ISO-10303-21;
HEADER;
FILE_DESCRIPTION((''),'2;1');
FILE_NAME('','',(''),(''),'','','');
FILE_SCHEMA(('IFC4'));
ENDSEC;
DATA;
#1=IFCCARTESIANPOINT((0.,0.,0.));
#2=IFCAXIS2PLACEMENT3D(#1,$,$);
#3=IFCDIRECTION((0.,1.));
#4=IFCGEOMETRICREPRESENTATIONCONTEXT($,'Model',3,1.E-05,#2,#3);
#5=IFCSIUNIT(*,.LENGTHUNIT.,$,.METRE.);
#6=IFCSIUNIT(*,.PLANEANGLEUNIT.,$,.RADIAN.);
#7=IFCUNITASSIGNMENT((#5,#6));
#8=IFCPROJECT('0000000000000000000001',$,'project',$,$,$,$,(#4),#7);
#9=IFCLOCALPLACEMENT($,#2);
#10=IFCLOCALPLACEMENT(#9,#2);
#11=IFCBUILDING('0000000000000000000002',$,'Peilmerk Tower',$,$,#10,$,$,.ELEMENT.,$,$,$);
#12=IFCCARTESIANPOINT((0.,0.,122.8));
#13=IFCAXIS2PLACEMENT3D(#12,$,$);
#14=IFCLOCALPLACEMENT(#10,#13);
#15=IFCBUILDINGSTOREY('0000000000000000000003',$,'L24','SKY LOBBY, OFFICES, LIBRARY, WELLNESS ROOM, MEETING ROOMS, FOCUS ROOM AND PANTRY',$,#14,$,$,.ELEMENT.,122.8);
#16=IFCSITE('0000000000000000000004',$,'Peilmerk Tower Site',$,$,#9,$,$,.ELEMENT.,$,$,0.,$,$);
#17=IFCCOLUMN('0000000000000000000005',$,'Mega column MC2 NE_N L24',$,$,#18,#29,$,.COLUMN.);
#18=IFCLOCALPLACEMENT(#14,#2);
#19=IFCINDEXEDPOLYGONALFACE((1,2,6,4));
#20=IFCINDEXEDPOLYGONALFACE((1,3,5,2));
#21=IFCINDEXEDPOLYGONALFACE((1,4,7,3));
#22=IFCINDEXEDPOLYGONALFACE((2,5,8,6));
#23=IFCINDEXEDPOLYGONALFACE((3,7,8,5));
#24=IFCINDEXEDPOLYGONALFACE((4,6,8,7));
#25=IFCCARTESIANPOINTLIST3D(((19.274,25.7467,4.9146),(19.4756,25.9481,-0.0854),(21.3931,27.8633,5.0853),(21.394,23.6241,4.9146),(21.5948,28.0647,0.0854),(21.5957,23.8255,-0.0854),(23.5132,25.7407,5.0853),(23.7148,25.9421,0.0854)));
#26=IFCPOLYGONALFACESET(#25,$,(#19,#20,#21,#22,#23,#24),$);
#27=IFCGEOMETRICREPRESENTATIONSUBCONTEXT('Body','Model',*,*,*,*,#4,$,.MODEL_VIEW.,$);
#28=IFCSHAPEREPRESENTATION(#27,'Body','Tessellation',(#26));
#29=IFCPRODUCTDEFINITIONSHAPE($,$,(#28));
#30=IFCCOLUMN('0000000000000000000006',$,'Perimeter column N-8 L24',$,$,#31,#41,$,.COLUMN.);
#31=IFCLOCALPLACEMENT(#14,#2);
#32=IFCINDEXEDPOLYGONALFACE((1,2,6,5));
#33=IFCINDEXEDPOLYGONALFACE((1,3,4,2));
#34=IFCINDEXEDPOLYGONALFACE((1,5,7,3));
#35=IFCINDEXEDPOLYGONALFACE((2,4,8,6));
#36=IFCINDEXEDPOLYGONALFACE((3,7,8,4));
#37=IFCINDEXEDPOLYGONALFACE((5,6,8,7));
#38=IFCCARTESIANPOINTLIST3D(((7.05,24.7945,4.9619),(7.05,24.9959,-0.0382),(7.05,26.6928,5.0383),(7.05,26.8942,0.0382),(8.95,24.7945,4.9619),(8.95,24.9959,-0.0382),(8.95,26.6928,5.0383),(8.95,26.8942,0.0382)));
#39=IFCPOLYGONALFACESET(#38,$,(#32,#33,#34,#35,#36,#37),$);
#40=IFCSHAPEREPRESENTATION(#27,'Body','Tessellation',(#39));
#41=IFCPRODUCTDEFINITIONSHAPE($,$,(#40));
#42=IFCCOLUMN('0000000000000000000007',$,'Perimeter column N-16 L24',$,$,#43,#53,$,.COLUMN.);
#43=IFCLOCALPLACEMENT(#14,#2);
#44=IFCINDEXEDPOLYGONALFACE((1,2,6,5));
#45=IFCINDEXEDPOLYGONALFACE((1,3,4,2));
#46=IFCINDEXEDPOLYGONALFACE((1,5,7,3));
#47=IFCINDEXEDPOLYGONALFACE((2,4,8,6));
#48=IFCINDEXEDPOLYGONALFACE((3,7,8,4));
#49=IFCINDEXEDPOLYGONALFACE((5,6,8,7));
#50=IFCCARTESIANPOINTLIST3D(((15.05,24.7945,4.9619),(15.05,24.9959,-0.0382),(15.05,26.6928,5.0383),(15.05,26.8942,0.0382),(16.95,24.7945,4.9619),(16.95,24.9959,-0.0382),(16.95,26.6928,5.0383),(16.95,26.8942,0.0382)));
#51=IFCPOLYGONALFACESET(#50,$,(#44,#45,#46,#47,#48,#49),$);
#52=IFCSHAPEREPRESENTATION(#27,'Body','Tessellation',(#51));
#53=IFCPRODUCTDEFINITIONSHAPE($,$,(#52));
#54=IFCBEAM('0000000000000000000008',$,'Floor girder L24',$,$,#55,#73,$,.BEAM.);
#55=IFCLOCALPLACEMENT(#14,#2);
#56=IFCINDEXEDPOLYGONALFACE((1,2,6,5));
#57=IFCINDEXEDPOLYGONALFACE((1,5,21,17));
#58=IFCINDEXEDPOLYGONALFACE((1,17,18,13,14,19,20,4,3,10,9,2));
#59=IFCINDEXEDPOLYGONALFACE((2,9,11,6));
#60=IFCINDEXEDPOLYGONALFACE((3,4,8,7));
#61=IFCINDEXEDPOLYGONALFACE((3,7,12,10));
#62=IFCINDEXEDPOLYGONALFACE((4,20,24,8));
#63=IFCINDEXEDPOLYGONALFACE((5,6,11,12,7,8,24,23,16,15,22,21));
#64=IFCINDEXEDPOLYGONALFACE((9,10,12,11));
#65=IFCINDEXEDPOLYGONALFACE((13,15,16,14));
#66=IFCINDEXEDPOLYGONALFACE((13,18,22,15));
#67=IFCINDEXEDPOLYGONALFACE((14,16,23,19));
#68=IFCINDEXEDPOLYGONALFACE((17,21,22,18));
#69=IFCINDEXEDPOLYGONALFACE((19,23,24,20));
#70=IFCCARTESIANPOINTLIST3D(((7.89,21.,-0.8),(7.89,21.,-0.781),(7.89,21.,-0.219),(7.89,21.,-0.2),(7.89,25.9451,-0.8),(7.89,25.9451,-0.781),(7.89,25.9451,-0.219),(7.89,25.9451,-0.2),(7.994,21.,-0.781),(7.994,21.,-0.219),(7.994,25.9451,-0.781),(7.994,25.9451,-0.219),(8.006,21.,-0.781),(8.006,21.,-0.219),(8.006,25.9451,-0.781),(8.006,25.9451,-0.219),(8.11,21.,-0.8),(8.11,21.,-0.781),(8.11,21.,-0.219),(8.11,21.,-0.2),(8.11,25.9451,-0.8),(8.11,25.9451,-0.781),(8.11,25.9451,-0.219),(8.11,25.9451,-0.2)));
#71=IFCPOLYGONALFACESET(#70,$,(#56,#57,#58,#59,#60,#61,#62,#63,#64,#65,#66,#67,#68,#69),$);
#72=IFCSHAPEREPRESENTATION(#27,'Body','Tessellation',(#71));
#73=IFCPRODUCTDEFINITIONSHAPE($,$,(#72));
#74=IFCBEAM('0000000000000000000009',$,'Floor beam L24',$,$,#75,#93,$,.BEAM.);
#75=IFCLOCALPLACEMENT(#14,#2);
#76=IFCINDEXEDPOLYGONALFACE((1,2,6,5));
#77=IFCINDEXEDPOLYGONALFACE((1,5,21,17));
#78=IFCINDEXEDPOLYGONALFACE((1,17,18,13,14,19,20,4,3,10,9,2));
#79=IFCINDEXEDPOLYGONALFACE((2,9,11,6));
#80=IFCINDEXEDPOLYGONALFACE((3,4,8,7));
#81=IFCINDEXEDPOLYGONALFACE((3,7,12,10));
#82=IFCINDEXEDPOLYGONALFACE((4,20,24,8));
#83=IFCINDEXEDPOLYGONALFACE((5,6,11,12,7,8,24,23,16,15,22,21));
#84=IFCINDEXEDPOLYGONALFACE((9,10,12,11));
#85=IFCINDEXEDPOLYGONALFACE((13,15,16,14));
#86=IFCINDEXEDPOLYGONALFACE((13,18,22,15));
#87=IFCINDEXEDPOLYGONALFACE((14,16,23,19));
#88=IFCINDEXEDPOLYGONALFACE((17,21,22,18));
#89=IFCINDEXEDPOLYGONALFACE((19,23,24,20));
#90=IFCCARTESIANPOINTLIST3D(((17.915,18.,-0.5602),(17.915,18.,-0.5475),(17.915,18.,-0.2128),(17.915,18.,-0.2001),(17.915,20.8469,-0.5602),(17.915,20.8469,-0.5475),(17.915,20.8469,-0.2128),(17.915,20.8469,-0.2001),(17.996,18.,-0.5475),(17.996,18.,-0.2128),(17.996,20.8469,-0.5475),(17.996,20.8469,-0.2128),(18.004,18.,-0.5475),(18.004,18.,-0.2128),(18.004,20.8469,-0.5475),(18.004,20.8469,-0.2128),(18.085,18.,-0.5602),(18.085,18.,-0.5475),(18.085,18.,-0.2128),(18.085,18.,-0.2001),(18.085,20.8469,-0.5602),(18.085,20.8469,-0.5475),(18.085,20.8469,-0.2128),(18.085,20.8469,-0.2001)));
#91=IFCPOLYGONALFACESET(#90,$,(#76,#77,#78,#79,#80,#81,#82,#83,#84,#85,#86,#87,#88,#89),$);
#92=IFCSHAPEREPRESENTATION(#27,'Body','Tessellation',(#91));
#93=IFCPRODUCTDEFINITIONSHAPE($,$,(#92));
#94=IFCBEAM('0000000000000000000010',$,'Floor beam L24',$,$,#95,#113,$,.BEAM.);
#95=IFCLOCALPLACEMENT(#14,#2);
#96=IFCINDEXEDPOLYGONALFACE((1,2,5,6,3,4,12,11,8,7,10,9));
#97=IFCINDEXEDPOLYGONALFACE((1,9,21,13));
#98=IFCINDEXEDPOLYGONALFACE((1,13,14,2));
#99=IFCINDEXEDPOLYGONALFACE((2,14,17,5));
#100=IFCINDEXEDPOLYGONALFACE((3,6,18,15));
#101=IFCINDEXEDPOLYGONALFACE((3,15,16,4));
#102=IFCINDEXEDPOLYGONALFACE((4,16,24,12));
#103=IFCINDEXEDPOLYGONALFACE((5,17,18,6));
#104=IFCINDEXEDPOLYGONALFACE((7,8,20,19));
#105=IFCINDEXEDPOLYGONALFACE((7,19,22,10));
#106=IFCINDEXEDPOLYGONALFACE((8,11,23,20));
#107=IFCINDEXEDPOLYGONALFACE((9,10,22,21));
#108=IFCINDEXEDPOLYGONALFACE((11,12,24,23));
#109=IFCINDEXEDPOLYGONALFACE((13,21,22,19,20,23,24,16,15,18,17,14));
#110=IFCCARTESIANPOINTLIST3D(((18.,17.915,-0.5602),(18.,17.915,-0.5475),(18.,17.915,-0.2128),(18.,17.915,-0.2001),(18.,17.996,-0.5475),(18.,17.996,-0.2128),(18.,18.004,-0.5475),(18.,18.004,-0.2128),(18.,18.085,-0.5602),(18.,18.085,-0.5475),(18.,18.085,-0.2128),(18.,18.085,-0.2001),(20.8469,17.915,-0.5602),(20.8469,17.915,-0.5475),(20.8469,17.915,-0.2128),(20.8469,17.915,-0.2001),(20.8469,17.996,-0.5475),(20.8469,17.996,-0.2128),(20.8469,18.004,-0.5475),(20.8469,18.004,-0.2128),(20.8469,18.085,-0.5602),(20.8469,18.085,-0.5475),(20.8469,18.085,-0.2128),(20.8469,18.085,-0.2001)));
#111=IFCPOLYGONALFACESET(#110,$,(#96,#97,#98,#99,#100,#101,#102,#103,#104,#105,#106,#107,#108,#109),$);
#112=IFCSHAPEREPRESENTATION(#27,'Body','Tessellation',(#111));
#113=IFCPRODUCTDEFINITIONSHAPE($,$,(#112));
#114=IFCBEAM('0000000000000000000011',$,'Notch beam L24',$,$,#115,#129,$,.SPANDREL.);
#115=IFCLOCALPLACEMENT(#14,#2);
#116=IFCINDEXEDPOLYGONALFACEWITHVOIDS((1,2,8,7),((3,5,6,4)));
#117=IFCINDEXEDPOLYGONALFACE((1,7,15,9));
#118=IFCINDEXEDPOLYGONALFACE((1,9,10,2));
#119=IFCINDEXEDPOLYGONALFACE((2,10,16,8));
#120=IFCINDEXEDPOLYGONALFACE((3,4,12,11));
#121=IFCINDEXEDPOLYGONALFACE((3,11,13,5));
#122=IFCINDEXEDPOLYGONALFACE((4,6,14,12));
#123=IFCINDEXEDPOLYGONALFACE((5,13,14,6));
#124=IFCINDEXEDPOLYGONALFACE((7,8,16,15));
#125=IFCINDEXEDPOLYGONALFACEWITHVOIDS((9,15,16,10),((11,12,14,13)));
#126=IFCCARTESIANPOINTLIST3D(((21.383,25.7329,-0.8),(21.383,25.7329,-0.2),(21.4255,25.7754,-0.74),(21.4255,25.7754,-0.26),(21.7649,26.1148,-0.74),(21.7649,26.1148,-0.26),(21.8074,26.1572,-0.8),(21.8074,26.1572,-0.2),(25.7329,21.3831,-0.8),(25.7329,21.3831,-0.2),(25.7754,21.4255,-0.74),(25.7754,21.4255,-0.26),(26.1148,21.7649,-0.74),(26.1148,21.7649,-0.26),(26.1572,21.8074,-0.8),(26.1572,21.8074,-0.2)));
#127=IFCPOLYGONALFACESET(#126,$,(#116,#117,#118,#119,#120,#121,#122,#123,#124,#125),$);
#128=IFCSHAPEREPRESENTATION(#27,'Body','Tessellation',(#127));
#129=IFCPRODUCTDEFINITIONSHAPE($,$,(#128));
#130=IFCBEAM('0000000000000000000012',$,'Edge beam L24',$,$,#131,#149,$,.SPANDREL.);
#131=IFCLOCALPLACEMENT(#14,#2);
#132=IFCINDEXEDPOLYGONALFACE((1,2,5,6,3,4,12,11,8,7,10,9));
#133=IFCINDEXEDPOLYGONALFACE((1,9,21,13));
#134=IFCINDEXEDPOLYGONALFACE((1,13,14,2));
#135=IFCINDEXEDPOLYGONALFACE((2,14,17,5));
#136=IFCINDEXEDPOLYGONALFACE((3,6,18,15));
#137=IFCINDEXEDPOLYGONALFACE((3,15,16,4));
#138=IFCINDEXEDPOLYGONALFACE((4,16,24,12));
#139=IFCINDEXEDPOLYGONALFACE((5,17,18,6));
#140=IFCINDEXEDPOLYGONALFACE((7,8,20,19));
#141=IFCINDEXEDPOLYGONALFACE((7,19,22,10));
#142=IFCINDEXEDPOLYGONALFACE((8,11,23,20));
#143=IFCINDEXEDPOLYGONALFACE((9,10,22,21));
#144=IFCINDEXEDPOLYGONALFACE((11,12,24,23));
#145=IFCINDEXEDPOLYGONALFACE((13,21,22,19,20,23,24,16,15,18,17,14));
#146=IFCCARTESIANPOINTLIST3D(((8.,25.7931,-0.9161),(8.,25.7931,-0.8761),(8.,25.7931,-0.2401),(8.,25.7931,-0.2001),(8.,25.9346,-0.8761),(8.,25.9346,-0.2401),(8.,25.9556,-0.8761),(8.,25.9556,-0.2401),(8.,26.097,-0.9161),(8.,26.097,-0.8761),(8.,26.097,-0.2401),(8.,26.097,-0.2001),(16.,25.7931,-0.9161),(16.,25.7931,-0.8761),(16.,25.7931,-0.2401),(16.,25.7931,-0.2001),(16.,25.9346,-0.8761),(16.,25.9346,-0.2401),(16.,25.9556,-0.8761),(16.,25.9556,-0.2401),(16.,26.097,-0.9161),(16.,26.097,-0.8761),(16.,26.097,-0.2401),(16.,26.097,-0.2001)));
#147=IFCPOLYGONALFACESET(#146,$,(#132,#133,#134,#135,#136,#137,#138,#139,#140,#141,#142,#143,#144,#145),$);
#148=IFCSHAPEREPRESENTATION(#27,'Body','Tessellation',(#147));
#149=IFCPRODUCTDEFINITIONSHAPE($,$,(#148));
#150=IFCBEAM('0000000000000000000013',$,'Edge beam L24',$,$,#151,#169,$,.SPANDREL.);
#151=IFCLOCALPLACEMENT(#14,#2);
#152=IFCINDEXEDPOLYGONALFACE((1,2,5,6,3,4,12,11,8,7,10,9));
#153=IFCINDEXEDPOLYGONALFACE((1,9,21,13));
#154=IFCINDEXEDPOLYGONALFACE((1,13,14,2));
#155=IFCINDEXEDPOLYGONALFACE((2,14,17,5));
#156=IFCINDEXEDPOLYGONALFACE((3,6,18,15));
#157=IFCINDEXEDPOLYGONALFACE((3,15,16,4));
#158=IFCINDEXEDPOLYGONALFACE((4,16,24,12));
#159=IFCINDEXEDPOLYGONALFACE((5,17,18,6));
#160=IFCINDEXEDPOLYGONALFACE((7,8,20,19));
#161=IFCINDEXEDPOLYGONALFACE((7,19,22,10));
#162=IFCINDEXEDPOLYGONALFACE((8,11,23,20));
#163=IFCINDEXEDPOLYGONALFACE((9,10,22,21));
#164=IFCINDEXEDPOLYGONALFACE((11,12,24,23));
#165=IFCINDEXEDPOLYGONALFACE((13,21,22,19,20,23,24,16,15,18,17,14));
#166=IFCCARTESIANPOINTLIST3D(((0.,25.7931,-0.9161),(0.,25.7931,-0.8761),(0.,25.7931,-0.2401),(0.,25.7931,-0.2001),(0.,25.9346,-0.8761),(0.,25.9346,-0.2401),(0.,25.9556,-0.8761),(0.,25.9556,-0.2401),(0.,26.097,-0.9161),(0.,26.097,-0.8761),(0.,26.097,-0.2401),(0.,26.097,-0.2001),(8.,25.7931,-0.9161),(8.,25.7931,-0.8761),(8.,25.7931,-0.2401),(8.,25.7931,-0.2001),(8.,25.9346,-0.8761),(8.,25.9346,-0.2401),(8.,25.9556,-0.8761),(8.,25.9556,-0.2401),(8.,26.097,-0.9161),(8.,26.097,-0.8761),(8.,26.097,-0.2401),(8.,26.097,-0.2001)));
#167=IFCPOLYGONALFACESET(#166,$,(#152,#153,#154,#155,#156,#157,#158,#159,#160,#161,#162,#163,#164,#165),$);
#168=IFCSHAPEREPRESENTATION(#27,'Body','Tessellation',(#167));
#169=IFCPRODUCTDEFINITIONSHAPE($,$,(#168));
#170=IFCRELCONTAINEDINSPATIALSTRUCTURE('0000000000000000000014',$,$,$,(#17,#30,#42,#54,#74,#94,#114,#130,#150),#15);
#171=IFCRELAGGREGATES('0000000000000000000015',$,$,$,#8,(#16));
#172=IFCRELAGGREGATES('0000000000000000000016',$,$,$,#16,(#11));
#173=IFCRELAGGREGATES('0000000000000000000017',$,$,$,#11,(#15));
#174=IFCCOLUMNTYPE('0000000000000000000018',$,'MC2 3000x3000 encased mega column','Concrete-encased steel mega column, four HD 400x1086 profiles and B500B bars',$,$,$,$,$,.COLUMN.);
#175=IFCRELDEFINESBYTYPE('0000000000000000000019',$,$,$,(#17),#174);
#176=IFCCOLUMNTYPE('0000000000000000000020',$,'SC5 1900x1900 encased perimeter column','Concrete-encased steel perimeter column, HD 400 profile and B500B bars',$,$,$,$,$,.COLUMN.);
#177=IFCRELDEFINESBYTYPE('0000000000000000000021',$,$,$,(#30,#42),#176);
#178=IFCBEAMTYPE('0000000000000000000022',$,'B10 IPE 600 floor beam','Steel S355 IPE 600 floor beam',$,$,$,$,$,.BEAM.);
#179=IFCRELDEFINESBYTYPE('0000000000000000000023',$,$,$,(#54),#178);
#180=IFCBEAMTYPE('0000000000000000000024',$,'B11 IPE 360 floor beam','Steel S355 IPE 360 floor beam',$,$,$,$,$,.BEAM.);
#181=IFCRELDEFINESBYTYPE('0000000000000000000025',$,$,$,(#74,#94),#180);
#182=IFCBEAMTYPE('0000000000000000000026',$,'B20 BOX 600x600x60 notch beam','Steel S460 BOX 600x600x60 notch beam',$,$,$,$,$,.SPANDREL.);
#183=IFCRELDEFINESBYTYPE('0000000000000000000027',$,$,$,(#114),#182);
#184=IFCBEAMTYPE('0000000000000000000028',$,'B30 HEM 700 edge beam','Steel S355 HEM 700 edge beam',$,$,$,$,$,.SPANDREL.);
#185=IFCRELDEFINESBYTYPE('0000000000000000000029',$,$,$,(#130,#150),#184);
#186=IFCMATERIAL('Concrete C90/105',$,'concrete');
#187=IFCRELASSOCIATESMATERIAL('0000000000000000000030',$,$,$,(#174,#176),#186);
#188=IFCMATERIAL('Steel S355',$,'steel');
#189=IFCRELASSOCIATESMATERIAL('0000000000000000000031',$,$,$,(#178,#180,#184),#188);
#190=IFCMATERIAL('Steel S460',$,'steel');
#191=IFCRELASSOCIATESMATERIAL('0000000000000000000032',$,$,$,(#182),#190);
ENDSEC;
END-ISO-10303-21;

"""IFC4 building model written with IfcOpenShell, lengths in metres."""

from ifc_helpers import new_model, si_unit, direction, frame, origin, origin_2d, place, context, subcontext, project, spatial, rectangle, hollow_rectangle, i_section, extrude, material, material_profile, profile_set, type_object, element, save


model = new_model("IFC4")

# Units and contexts
model_context = context("Model", 3, precision=1e-05, world=origin(), true_north=direction((0.0, 1.0)))
body_context = subcontext(model_context, "Body", "Model", "MODEL_VIEW")
ifc_project = project(units=[si_unit("LENGTHUNIT", "METRE"), si_unit("PLANEANGLEUNIT", "RADIAN")], contexts=[model_context])

# Site, building, storey
site_placement = place(None, origin())
site = spatial("IfcSite", under=ifc_project, at=site_placement, Name="Peilmerk Tower Site", CompositionType="ELEMENT", RefElevation=0.0)
building_placement = place(site_placement, origin())
building = spatial("IfcBuilding", under=site, at=building_placement, Name="Peilmerk Tower", CompositionType="ELEMENT")
storey_placement = place(building_placement, frame((0.0, 0.0, 122.8)))
storey = spatial("IfcBuildingStorey", under=building, at=storey_placement, Name="L24", Description="SKY LOBBY, OFFICES, LIBRARY, WELLNESS ROOM, MEETING ROOMS, FOCUS ROOM AND PANTRY", CompositionType="ELEMENT", Elevation=122.8)

# Columns
ifc_material_1 = material(Name="Concrete C90/105", Category="concrete")
ifc_material_profile_1 = material_profile(ifc_material_1, rectangle(XDim=3.0, YDim=3.0, at=origin_2d()), Name="RC 3000x3000")
ifc_profile_set_1 = profile_set([ifc_material_profile_1], Name="Concrete C90/105")
column_type_1 = type_object("IfcColumnType", Name="MC2 3000x3000 encased mega column", Description="Concrete-encased steel mega column, four HD 400x1086 profiles and B500B bars", PredefinedType="COLUMN", material=ifc_profile_set_1)
column_placement = place(storey_placement, frame((21.5952, 25.9451, 0.0), z_axis=(-0.040267, -0.040218, 0.998379), x_axis=(0.706678, -0.707535, 0.0)))
element("IfcColumn", 1, at=column_placement, inside=storey, type_object=column_type_1, Name="Mega column MC2 NE_N L24", PredefinedType="COLUMN", context=body_context, shape_type="SweptSolid", body=[
    extrude(rectangle(XDim=3.0, YDim=3.0, at=origin_2d()), origin(), (0.0, 0.0, 1.0), 5.0081),
])
ifc_material_profile_2 = material_profile(ifc_material_1, rectangle(XDim=1.8999, YDim=1.8999, at=origin_2d()), Name="RC 1900x1900")
ifc_profile_set_2 = profile_set([ifc_material_profile_2], Name="Concrete C90/105")
column_type_2 = type_object("IfcColumnType", Name="SC5 1900x1900 encased perimeter column", Description="Concrete-encased steel perimeter column, HD 400 profile and B500B bars", PredefinedType="COLUMN", material=ifc_profile_set_2)
for number, where, z_axis, x_axis, name in (
    (2, (8.0, 25.9451, 0.0), (0.0, -0.040251, 0.99919), (1.0, 0.0, 0.0), "Perimeter column N-8 L24"),
    (3, (16.0, 25.9451, 0.0), (0.0, -0.040251, 0.99919), (1.0, 0.0, 0.0), "Perimeter column N-16 L24"),
):
    element("IfcColumn", number, at=place(storey_placement, frame(where, z_axis=z_axis, x_axis=x_axis)), inside=storey, type_object=column_type_2, Name=name, PredefinedType="COLUMN", context=body_context, shape_type="SweptSolid", body=[
        extrude(rectangle(XDim=1.8999, YDim=1.8999, at=origin_2d()), origin(), (0.0, 0.0, 1.0), 5.0042),
    ])

# Beams
ifc_material_2 = material(Name="Steel S355", Category="steel")
ifc_material_profile_3 = material_profile(ifc_material_2, i_section(OverallWidth=0.22, OverallDepth=0.6001, WebThickness=0.012, FlangeThickness=0.019, at=origin_2d()), Name="IPE 600")
ifc_profile_set_3 = profile_set([ifc_material_profile_3], Name="Steel S355")
beam_type_1 = type_object("IfcBeamType", Name="B10 IPE 600 floor beam", Description="Steel S355 IPE 600 floor beam", PredefinedType="BEAM", material=ifc_profile_set_3)
beam_1_placement = place(storey_placement, frame((8.0, 21.0, -0.5), z_axis=(0.0, 1.0, 0.0), x_axis=(-1.0, 0.0, 0.0)))
element("IfcBeam", 4, at=beam_1_placement, inside=storey, type_object=beam_type_1, Name="Floor girder L24", PredefinedType="BEAM", context=body_context, shape_type="SweptSolid", body=[
    extrude(i_section(OverallWidth=0.22, OverallDepth=0.6001, WebThickness=0.012, FlangeThickness=0.019, at=origin_2d()), origin(), (0.0, 0.0, 1.0), 4.9451),
])
ifc_material_profile_4 = material_profile(ifc_material_2, i_section(OverallWidth=0.1699, OverallDepth=0.3601, WebThickness=0.0081, FlangeThickness=0.0127, at=origin_2d()), Name="IPE 360")
ifc_profile_set_4 = profile_set([ifc_material_profile_4], Name="Steel S355")
beam_type_2 = type_object("IfcBeamType", Name="B11 IPE 360 floor beam", Description="Steel S355 IPE 360 floor beam", PredefinedType="BEAM", material=ifc_profile_set_4)
for number, where, z_axis, x_axis, name in (
    (5, (18.0, 18.0, -0.3801), (0.0, 1.0, 0.0), (-1.0, 0.0, 0.0), "Floor beam L24"),
    (6, (18.0, 18.0, -0.3801), (1.0, 0.0, 0.0), (0.0, 1.0, 0.0), "Floor beam L24"),
):
    element("IfcBeam", number, at=place(storey_placement, frame(where, z_axis=z_axis, x_axis=x_axis)), inside=storey, type_object=beam_type_2, Name=name, PredefinedType="BEAM", context=body_context, shape_type="SweptSolid", body=[
        extrude(i_section(OverallWidth=0.1699, OverallDepth=0.3601, WebThickness=0.0081, FlangeThickness=0.0127, at=origin_2d()), origin(), (0.0, 0.0, 1.0), 2.8469),
    ])
ifc_material_3 = material(Name="Steel S460", Category="steel")
ifc_material_profile_5 = material_profile(ifc_material_3, hollow_rectangle(XDim=0.6001, YDim=0.6001, WallThickness=0.0601, at=origin_2d()), Name="BOX 600x600x60")
ifc_profile_set_5 = profile_set([ifc_material_profile_5], Name="Steel S460")
beam_type_3 = type_object("IfcBeamType", Name="B20 BOX 600x600x60 notch beam", Description="Steel S460 BOX 600x600x60 notch beam", PredefinedType="SPANDREL", material=ifc_profile_set_5)
beam_2_placement = place(storey_placement, frame((21.5952, 25.9451, -0.5), z_axis=(0.707107, -0.707107, 0.0), x_axis=(0.707107, 0.707107, 0.0)))
element("IfcBeam", 7, at=beam_2_placement, inside=storey, type_object=beam_type_3, Name="Notch beam L24", PredefinedType="SPANDREL", context=body_context, shape_type="SweptSolid", body=[
    extrude(hollow_rectangle(XDim=0.6001, YDim=0.6001, WallThickness=0.0601, at=origin_2d()), origin(), (0.0, 0.0, 1.0), 6.1516),
])
ifc_material_profile_6 = material_profile(ifc_material_2, i_section(OverallWidth=0.304, OverallDepth=0.7161, WebThickness=0.021, FlangeThickness=0.04, at=origin_2d()), Name="HEM 700")
ifc_profile_set_6 = profile_set([ifc_material_profile_6], Name="Steel S355")
beam_type_4 = type_object("IfcBeamType", Name="B30 HEM 700 edge beam", Description="Steel S355 HEM 700 edge beam", PredefinedType="SPANDREL", material=ifc_profile_set_6)
for number, where, z_axis, x_axis, name in (
    (8, (16.0, 25.9451, -0.5581), (-1.0, 0.0, 0.0), (0.0, -1.0, 0.0), "Edge beam L24"),
    (9, (8.0, 25.9451, -0.5581), (-1.0, 0.0, 0.0), (0.0, -1.0, 0.0), "Edge beam L24"),
):
    element("IfcBeam", number, at=place(storey_placement, frame(where, z_axis=z_axis, x_axis=x_axis)), inside=storey, type_object=beam_type_4, Name=name, PredefinedType="SPANDREL", context=body_context, shape_type="SweptSolid", body=[
        extrude(i_section(OverallWidth=0.304, OverallDepth=0.7161, WebThickness=0.021, FlangeThickness=0.04, at=origin_2d()), origin(), (0.0, 0.0, 1.0), 8.0),
    ])

save(model, "model.ifc")
